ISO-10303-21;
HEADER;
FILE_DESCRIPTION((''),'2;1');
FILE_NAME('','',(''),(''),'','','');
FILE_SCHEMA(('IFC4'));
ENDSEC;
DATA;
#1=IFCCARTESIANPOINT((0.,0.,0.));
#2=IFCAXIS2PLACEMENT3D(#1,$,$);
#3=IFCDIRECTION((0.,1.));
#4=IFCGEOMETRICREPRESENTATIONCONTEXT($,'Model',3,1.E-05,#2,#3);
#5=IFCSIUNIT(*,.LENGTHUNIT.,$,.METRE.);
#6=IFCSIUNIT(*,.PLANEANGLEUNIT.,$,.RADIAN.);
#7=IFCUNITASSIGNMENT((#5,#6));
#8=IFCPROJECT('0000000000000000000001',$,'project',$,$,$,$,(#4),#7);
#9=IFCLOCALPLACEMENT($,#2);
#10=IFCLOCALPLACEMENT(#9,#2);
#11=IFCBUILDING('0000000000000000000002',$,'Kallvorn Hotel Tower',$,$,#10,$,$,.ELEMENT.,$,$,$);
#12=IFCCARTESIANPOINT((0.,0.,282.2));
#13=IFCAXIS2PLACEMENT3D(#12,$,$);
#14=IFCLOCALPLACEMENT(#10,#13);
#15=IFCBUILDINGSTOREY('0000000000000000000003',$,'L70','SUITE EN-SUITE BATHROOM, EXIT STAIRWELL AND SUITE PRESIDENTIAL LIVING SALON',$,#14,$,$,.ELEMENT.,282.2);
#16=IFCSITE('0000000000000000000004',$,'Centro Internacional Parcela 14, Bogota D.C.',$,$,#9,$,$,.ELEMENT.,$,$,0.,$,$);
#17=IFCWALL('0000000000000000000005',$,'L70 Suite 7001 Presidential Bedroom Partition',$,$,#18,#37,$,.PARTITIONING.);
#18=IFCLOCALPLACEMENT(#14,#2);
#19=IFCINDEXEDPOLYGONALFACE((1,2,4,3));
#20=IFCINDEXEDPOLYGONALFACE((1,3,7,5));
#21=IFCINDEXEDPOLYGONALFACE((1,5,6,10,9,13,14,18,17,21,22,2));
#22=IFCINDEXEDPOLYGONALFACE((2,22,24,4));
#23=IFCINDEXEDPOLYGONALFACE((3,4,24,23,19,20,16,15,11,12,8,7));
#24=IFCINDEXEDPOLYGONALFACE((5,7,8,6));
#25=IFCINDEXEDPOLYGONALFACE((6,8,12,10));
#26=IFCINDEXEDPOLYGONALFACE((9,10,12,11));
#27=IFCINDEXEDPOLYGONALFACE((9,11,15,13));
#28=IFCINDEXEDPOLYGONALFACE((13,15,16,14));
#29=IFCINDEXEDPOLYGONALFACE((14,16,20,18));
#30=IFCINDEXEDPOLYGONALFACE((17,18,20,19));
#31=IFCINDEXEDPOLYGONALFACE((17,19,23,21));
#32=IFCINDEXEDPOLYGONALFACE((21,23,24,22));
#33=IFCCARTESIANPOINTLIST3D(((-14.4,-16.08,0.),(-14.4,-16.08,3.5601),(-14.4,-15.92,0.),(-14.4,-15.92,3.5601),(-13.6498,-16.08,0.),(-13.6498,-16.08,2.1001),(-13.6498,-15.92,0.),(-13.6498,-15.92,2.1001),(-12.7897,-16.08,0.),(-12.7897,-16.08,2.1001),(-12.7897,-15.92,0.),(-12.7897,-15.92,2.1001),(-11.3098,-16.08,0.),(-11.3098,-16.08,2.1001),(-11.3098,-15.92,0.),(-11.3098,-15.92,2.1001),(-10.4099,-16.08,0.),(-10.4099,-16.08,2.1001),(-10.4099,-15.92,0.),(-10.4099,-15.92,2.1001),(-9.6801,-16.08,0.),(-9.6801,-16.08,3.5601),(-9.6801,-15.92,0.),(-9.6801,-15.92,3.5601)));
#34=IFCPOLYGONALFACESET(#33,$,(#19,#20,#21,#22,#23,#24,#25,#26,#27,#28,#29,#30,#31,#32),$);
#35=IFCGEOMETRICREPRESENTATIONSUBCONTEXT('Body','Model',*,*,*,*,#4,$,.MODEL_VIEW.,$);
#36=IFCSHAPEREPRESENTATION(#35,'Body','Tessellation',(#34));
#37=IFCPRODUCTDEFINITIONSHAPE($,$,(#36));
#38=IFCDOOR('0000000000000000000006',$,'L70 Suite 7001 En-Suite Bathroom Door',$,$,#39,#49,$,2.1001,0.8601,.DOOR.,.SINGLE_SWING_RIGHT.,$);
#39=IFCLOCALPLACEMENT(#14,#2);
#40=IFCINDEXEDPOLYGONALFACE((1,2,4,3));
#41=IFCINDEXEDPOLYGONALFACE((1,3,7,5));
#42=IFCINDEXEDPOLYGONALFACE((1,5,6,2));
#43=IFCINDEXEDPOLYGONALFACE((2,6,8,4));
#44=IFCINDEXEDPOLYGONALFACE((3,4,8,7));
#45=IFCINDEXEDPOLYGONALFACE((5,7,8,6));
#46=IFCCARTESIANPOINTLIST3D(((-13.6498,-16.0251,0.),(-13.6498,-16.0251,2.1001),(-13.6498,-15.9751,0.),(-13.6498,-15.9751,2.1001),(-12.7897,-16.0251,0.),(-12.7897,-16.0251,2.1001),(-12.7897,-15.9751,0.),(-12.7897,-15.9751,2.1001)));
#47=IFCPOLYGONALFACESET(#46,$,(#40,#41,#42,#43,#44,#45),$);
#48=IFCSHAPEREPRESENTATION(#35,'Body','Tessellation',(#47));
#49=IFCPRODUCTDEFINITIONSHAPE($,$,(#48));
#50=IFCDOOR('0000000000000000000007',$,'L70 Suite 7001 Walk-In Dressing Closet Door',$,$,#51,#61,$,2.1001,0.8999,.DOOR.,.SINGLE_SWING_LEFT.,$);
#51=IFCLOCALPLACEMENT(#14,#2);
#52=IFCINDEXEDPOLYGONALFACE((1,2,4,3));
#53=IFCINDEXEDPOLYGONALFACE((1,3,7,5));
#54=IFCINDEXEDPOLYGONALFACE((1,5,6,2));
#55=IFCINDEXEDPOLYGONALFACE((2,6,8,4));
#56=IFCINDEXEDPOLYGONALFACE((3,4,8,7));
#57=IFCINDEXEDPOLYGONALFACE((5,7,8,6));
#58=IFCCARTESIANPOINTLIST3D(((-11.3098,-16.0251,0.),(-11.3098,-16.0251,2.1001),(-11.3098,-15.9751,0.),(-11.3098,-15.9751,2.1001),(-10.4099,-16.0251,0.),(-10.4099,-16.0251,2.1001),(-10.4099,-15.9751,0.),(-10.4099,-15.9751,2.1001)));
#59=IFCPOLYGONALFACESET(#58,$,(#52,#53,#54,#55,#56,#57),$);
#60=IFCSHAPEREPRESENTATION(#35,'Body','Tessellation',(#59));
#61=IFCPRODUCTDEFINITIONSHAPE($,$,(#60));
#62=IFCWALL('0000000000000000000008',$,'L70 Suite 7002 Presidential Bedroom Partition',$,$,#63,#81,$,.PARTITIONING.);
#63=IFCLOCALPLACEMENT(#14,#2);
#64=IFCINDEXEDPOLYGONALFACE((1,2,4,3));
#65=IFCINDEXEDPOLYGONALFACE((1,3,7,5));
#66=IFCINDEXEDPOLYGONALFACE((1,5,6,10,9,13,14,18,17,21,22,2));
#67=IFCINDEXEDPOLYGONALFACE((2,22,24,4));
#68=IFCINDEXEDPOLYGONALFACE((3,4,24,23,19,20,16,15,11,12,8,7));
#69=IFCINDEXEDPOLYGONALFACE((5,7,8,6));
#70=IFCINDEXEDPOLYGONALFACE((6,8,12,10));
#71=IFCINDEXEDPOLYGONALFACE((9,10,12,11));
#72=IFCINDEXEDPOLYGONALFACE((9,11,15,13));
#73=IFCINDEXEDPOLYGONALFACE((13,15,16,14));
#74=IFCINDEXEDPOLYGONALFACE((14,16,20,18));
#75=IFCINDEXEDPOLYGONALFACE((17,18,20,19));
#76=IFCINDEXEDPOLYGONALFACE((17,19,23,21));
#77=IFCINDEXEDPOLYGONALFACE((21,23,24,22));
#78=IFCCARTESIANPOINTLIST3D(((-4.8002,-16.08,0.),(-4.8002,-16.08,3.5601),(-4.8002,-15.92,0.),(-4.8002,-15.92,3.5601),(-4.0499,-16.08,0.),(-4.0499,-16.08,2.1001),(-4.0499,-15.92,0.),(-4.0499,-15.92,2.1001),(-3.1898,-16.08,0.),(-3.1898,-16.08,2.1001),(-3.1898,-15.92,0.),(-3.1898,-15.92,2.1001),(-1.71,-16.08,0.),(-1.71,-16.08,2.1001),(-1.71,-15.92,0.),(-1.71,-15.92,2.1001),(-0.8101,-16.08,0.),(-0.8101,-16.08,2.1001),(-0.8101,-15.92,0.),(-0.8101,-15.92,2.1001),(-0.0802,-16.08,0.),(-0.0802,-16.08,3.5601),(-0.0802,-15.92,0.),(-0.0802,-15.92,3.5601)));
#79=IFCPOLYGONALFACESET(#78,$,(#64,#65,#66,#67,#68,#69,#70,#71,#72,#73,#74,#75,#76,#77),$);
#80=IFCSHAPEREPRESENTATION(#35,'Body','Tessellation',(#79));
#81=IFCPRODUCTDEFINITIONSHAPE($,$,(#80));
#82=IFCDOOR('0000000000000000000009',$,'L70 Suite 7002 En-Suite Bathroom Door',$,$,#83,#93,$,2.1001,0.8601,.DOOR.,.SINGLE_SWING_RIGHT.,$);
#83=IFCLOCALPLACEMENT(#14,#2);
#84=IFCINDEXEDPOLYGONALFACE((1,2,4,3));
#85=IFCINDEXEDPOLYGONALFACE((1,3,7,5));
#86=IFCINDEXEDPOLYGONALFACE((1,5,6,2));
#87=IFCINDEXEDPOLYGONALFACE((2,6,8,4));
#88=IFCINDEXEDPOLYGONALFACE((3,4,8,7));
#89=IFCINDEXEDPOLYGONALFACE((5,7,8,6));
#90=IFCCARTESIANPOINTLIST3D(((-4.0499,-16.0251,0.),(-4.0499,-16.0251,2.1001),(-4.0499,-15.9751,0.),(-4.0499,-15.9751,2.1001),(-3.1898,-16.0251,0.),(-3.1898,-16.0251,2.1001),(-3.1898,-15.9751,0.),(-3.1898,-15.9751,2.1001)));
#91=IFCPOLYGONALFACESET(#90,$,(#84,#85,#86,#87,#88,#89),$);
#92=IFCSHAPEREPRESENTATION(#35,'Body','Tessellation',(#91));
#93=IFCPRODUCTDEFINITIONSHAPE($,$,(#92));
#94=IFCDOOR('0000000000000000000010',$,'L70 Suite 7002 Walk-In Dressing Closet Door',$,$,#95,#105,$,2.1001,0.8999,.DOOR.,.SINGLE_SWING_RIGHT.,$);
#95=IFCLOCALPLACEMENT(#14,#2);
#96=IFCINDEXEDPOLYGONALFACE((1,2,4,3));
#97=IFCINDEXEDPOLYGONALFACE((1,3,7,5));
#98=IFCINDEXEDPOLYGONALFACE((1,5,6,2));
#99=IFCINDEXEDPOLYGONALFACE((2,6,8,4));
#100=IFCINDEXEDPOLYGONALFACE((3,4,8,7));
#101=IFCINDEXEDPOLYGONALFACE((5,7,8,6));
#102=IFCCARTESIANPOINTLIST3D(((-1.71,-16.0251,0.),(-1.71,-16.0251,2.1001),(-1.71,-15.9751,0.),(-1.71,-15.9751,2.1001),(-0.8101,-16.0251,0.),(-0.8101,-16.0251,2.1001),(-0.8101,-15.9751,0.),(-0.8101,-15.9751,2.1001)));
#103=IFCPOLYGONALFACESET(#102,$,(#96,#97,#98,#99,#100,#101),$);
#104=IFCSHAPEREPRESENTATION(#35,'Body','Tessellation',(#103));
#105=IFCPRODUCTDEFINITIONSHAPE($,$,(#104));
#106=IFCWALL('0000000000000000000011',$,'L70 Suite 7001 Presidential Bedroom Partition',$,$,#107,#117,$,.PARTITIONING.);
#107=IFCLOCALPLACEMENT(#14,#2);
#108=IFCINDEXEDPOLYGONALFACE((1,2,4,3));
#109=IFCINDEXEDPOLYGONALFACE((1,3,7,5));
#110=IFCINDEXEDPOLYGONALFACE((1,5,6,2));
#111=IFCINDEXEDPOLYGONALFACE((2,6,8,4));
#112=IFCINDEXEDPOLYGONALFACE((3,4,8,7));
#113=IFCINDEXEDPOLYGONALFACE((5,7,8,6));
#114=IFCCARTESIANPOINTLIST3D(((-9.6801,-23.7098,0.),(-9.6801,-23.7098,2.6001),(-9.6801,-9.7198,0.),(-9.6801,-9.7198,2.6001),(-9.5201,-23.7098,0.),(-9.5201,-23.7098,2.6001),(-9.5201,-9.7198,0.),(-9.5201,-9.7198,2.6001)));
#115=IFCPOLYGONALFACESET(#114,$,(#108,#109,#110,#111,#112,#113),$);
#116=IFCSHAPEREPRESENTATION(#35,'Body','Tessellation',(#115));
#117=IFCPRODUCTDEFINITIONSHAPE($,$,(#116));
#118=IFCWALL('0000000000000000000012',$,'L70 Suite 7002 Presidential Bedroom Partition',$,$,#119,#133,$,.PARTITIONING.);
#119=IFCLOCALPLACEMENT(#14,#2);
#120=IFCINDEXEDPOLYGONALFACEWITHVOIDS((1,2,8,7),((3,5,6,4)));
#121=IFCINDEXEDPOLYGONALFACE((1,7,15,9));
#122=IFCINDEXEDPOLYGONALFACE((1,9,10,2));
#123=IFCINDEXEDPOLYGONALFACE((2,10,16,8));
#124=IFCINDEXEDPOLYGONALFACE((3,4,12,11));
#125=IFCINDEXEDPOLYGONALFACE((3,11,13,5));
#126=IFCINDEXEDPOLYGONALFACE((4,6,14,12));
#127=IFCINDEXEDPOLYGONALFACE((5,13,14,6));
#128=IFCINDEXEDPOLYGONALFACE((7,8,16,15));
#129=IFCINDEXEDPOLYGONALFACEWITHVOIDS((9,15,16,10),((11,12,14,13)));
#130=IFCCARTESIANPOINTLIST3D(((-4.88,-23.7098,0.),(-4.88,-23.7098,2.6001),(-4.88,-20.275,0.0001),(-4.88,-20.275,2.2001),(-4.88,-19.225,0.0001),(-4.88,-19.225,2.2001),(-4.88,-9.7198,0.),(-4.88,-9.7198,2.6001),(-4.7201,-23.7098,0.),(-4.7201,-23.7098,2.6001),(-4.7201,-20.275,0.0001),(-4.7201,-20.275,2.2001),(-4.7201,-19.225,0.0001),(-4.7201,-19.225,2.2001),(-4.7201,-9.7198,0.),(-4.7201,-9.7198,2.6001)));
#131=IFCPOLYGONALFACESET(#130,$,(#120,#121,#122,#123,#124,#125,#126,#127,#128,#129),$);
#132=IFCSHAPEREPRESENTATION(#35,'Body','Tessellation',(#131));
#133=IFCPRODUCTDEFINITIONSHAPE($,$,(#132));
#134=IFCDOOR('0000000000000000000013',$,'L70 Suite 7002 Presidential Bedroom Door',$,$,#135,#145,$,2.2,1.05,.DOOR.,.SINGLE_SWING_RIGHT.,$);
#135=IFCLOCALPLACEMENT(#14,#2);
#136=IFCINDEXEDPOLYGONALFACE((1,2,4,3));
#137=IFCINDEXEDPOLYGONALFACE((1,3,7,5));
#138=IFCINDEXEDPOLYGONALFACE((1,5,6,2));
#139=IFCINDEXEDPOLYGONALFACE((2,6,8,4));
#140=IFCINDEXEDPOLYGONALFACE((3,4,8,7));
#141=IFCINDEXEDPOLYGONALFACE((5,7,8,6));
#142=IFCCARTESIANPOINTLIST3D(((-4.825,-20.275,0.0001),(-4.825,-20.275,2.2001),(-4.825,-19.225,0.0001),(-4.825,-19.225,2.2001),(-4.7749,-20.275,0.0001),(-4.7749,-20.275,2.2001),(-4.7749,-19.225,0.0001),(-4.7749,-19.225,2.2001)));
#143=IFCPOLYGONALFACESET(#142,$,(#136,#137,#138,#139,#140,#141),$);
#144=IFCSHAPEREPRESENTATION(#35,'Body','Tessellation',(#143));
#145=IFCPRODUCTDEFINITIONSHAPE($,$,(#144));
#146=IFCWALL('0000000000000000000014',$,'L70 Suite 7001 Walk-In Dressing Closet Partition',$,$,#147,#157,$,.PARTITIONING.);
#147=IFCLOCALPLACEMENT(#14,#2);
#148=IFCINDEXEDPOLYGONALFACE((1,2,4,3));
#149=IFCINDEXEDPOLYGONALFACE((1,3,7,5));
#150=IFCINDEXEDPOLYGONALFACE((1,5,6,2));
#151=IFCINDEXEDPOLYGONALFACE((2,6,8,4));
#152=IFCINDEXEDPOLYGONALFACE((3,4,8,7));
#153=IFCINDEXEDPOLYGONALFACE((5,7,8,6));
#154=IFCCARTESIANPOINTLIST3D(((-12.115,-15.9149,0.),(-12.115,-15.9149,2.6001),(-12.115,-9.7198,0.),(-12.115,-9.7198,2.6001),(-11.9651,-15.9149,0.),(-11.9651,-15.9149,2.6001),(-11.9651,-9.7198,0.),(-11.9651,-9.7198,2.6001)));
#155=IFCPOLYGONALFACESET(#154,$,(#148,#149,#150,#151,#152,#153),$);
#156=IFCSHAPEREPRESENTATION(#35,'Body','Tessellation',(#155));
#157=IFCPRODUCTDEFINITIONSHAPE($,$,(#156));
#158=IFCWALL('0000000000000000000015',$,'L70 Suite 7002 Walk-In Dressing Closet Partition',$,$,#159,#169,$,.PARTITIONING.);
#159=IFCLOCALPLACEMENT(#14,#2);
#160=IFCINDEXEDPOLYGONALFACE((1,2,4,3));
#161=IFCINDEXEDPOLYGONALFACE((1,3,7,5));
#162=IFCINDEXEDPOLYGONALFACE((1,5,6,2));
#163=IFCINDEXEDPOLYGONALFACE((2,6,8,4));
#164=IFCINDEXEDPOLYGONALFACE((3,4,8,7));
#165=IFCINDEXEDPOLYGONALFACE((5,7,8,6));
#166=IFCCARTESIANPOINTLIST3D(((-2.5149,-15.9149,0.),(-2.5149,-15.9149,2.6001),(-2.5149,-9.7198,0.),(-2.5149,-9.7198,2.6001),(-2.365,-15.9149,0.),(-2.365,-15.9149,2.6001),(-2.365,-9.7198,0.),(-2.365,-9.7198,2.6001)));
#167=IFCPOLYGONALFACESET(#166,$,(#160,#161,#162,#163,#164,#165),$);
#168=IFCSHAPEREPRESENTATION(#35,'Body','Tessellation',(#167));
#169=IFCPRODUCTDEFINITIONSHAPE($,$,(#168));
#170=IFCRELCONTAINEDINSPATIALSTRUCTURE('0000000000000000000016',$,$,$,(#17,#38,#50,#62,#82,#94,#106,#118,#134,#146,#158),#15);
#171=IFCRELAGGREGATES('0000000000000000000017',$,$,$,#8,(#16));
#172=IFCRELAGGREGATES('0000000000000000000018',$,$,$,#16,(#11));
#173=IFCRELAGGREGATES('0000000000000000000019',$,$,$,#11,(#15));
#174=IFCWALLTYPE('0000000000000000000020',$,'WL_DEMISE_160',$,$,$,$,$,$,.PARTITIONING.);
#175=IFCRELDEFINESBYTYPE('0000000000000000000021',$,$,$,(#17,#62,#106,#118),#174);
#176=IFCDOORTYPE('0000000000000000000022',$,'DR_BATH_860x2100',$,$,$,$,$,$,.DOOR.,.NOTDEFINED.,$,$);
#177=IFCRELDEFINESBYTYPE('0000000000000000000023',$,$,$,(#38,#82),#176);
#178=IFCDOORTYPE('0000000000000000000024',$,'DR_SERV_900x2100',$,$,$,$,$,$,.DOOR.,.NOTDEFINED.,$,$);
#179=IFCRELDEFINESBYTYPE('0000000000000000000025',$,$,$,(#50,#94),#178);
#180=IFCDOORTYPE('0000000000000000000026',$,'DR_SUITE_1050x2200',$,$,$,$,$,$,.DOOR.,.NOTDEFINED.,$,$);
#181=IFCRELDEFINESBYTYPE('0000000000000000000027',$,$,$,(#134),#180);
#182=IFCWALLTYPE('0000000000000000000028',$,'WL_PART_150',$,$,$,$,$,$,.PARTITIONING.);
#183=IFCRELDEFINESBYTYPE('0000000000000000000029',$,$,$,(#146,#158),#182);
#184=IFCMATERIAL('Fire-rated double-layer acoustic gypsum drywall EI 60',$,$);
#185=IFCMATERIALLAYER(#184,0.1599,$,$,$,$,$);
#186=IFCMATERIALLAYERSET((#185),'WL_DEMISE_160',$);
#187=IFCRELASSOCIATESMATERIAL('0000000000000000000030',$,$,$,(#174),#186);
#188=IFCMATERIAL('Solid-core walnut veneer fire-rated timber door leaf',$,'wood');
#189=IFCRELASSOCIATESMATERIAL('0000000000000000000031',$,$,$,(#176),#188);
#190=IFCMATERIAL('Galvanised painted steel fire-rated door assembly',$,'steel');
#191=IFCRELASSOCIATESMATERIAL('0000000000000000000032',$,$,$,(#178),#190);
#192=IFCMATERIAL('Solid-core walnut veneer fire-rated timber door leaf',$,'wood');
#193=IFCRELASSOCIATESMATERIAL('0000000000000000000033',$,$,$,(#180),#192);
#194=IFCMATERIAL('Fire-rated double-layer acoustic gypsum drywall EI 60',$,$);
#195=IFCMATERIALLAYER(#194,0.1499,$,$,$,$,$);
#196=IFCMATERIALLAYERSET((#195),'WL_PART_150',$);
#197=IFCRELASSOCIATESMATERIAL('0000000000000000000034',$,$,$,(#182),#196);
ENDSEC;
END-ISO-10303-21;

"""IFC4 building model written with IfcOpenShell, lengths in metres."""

from ifc_helpers import new_model, si_unit, direction, frame, frame_2d, origin, place, context, subcontext, project, spatial, rectangle, extrude, material, layer, layer_set, type_object, element, fill, save


model = new_model("IFC4")

# Units and contexts
model_context = context("Model", 3, precision=1e-05, world=origin(), true_north=direction((0.0, 1.0)))
body_context = subcontext(model_context, "Body", "Model", "MODEL_VIEW")
ifc_project = project(units=[si_unit("LENGTHUNIT", "METRE"), si_unit("PLANEANGLEUNIT", "RADIAN")], contexts=[model_context])

# Site, building, storey
site_placement = place(None, origin())
site = spatial("IfcSite", under=ifc_project, at=site_placement, Name="Centro Internacional Parcela 14, Bogota D.C.", CompositionType="ELEMENT", RefElevation=0.0)
building_placement = place(site_placement, origin())
building = spatial("IfcBuilding", under=site, at=building_placement, Name="Kallvorn Hotel Tower", CompositionType="ELEMENT")
storey_placement = place(building_placement, frame((0.0, 0.0, 282.2)))
storey = spatial("IfcBuildingStorey", under=building, at=storey_placement, Name="L70", Description="SUITE EN-SUITE BATHROOM, EXIT STAIRWELL AND SUITE PRESIDENTIAL LIVING SALON", CompositionType="ELEMENT", Elevation=282.2)

# Walls, openings, doors
ifc_material_1 = material(Name="Fire-rated double-layer acoustic gypsum drywall EI 60")
ifc_layer_1 = layer(ifc_material_1, 0.1599)
ifc_layer_set_1 = layer_set([ifc_layer_1], Name="WL_DEMISE_160")
wall_type_1 = type_object("IfcWallType", Name="WL_DEMISE_160", PredefinedType="PARTITIONING", material=ifc_layer_set_1)
wall_1_placement = place(storey_placement, frame((-14.3999, -16.0, 0.0), z_axis=(0.0, 0.0, 1.0), x_axis=(1.0, 0.0, 0.0)))
wall_1 = element("IfcWall", 1, at=wall_1_placement, inside=storey, type_object=wall_type_1, Name="L70 Suite 7001 Presidential Bedroom Partition", PredefinedType="PARTITIONING", context=body_context, shape_type="SweptSolid", body=[
    extrude(rectangle(XDim=4.72, YDim=0.1599, at=frame_2d((2.3599, 0.0))), origin(), (0.0, 0.0, 1.0), 3.5601),
])
opening_1_placement = place(wall_1_placement, frame((0.75, 0.0, 0.0)))
opening_1 = element("IfcOpeningElement", 2, at=opening_1_placement, cuts=wall_1, PredefinedType="OPENING", context=body_context, shape_type="SweptSolid", body=[
    extrude(rectangle(XDim=0.8601, YDim=2.1001, at=frame_2d((0.4302, 1.05))), frame((0.0, 0.095, 0.0), z_axis=(0.0, -1.0, 0.0), x_axis=(1.0, 0.0, 0.0)), (0.0, 0.0, 1.0), 0.1899),
])
opening_2_placement = place(wall_1_placement, frame((3.0901, 0.0, 0.0)))
opening_2 = element("IfcOpeningElement", 3, at=opening_2_placement, cuts=wall_1, PredefinedType="OPENING", context=body_context, shape_type="SweptSolid", body=[
    extrude(rectangle(XDim=0.8999, YDim=2.1001, at=frame_2d((0.45, 1.05))), frame((0.0, 0.095, 0.0), z_axis=(0.0, -1.0, 0.0), x_axis=(1.0, 0.0, 0.0)), (0.0, 0.0, 1.0), 0.1899),
])
ifc_material_2 = material(Name="Solid-core walnut veneer fire-rated timber door leaf", Category="wood")
door_type_1 = type_object("IfcDoorType", Name="DR_BATH_860x2100", OperationType="NOTDEFINED", PredefinedType="DOOR", material=ifc_material_2)
door_1_placement = place(opening_1_placement, origin())
door_1 = element("IfcDoor", 4, at=door_1_placement, inside=storey, type_object=door_type_1, Name="L70 Suite 7001 En-Suite Bathroom Door", OperationType="SINGLE_SWING_RIGHT", OverallHeight=2.1001, OverallWidth=0.8601, PredefinedType="DOOR", context=body_context, shape_type="SweptSolid", body=[
    extrude(rectangle(XDim=0.8601, YDim=2.1001, at=frame_2d((0.4302, 1.05))), frame((0.0, 0.0249, 0.0), z_axis=(0.0, -1.0, 0.0), x_axis=(1.0, 0.0, 0.0)), (0.0, 0.0, 1.0), 0.05),
])
fill(opening_1, door_1)
ifc_material_3 = material(Name="Galvanised painted steel fire-rated door assembly", Category="steel")
door_type_2 = type_object("IfcDoorType", Name="DR_SERV_900x2100", OperationType="NOTDEFINED", PredefinedType="DOOR", material=ifc_material_3)
door_2_placement = place(opening_2_placement, origin())
door_2 = element("IfcDoor", 5, at=door_2_placement, inside=storey, type_object=door_type_2, Name="L70 Suite 7001 Walk-In Dressing Closet Door", OperationType="SINGLE_SWING_LEFT", OverallHeight=2.1001, OverallWidth=0.8999, PredefinedType="DOOR", context=body_context, shape_type="SweptSolid", body=[
    extrude(rectangle(XDim=0.8999, YDim=2.1001, at=frame_2d((0.45, 1.05))), frame((0.0, 0.0249, 0.0), z_axis=(0.0, -1.0, 0.0), x_axis=(1.0, 0.0, 0.0)), (0.0, 0.0, 1.0), 0.05),
])
fill(opening_2, door_2)
wall_2_placement = place(storey_placement, frame((-4.8, -16.0, 0.0), z_axis=(0.0, 0.0, 1.0), x_axis=(1.0, 0.0, 0.0)))
wall_2 = element("IfcWall", 6, at=wall_2_placement, inside=storey, type_object=wall_type_1, Name="L70 Suite 7002 Presidential Bedroom Partition", PredefinedType="PARTITIONING", context=body_context, shape_type="SweptSolid", body=[
    extrude(rectangle(XDim=4.72, YDim=0.1599, at=frame_2d((2.3599, 0.0))), origin(), (0.0, 0.0, 1.0), 3.5601),
])
opening_3_placement = place(wall_2_placement, frame((0.75, 0.0, 0.0)))
opening_3 = element("IfcOpeningElement", 7, at=opening_3_placement, cuts=wall_2, PredefinedType="OPENING", context=body_context, shape_type="SweptSolid", body=[
    extrude(rectangle(XDim=0.8601, YDim=2.1001, at=frame_2d((0.4302, 1.05))), frame((0.0, 0.095, 0.0), z_axis=(0.0, -1.0, 0.0), x_axis=(1.0, 0.0, 0.0)), (0.0, 0.0, 1.0), 0.1899),
])
opening_4_placement = place(wall_2_placement, frame((3.0901, 0.0, 0.0)))
opening_4 = element("IfcOpeningElement", 8, at=opening_4_placement, cuts=wall_2, PredefinedType="OPENING", context=body_context, shape_type="SweptSolid", body=[
    extrude(rectangle(XDim=0.8999, YDim=2.1001, at=frame_2d((0.45, 1.05))), frame((0.0, 0.095, 0.0), z_axis=(0.0, -1.0, 0.0), x_axis=(1.0, 0.0, 0.0)), (0.0, 0.0, 1.0), 0.1899),
])
door_3_placement = place(opening_3_placement, origin())
door_3 = element("IfcDoor", 9, at=door_3_placement, inside=storey, type_object=door_type_1, Name="L70 Suite 7002 En-Suite Bathroom Door", OperationType="SINGLE_SWING_RIGHT", OverallHeight=2.1001, OverallWidth=0.8601, PredefinedType="DOOR", context=body_context, shape_type="SweptSolid", body=[
    extrude(rectangle(XDim=0.8601, YDim=2.1001, at=frame_2d((0.4302, 1.05))), frame((0.0, 0.0249, 0.0), z_axis=(0.0, -1.0, 0.0), x_axis=(1.0, 0.0, 0.0)), (0.0, 0.0, 1.0), 0.05),
])
fill(opening_3, door_3)
door_4_placement = place(opening_4_placement, origin())
door_4 = element("IfcDoor", 10, at=door_4_placement, inside=storey, type_object=door_type_2, Name="L70 Suite 7002 Walk-In Dressing Closet Door", OperationType="SINGLE_SWING_RIGHT", OverallHeight=2.1001, OverallWidth=0.8999, PredefinedType="DOOR", context=body_context, shape_type="SweptSolid", body=[
    extrude(rectangle(XDim=0.8999, YDim=2.1001, at=frame_2d((0.45, 1.05))), frame((0.0, 0.0249, 0.0), z_axis=(0.0, -1.0, 0.0), x_axis=(1.0, 0.0, 0.0)), (0.0, 0.0, 1.0), 0.05),
])
fill(opening_4, door_4)

# Wall
wall_3_placement = place(storey_placement, frame((-9.6001, -23.71, 0.0), z_axis=(0.0, 0.0, 1.0), x_axis=(0.0, 1.0, 0.0)))
element("IfcWall", 11, at=wall_3_placement, inside=storey, type_object=wall_type_1, Name="L70 Suite 7001 Presidential Bedroom Partition", PredefinedType="PARTITIONING", context=body_context, shape_type="SweptSolid", body=[
    extrude(rectangle(XDim=13.99, YDim=0.1599, at=frame_2d((6.9951, 0.0))), origin(), (0.0, 0.0, 1.0), 2.6001),
])

# Wall, opening, door
wall_4_placement = place(storey_placement, frame((-4.8, -23.71, 0.0), z_axis=(0.0, 0.0, 1.0), x_axis=(0.0, 1.0, 0.0)))
wall_4 = element("IfcWall", 12, at=wall_4_placement, inside=storey, type_object=wall_type_1, Name="L70 Suite 7002 Presidential Bedroom Partition", PredefinedType="PARTITIONING", context=body_context, shape_type="SweptSolid", body=[
    extrude(rectangle(XDim=13.99, YDim=0.1599, at=frame_2d((6.9951, 0.0))), origin(), (0.0, 0.0, 1.0), 2.6001),
])
opening_5_placement = place(wall_4_placement, frame((3.4351, 0.0, 0.0)))
opening_5 = element("IfcOpeningElement", 13, at=opening_5_placement, cuts=wall_4, PredefinedType="OPENING", context=body_context, shape_type="SweptSolid", body=[
    extrude(rectangle(XDim=1.05, YDim=2.2, at=frame_2d((0.5249, 1.1001))), frame((0.0, 0.095, 0.0), z_axis=(0.0, -1.0, 0.0), x_axis=(1.0, 0.0, 0.0)), (0.0, 0.0, 1.0), 0.1899),
])
ifc_material_4 = material(Name="Solid-core walnut veneer fire-rated timber door leaf", Category="wood")
door_type_3 = type_object("IfcDoorType", Name="DR_SUITE_1050x2200", OperationType="NOTDEFINED", PredefinedType="DOOR", material=ifc_material_4)
door_5_placement = place(opening_5_placement, origin())
door_5 = element("IfcDoor", 14, at=door_5_placement, inside=storey, type_object=door_type_3, Name="L70 Suite 7002 Presidential Bedroom Door", OperationType="SINGLE_SWING_RIGHT", OverallHeight=2.2, OverallWidth=1.05, PredefinedType="DOOR", context=body_context, shape_type="SweptSolid", body=[
    extrude(rectangle(XDim=1.05, YDim=2.2, at=frame_2d((0.5249, 1.1001))), frame((0.0, 0.0249, 0.0), z_axis=(0.0, -1.0, 0.0), x_axis=(1.0, 0.0, 0.0)), (0.0, 0.0, 1.0), 0.05),
])
fill(opening_5, door_5)

# Walls
ifc_material_5 = material(Name="Fire-rated double-layer acoustic gypsum drywall EI 60")
ifc_layer_2 = layer(ifc_material_5, 0.1499)
ifc_layer_set_2 = layer_set([ifc_layer_2], Name="WL_PART_150")
wall_type_2 = type_object("IfcWallType", Name="WL_PART_150", PredefinedType="PARTITIONING", material=ifc_layer_set_2)
for number, where, z_axis, x_axis, name in (
    (15, (-12.04, -15.915, 0.0), (0.0, 0.0, 1.0), (0.0, 1.0, 0.0), "L70 Suite 7001 Walk-In Dressing Closet Partition"),
    (16, (-2.4399, -15.915, 0.0), (0.0, 0.0, 1.0), (0.0, 1.0, 0.0), "L70 Suite 7002 Walk-In Dressing Closet Partition"),
):
    element("IfcWall", number, at=place(storey_placement, frame(where, z_axis=z_axis, x_axis=x_axis)), inside=storey, type_object=wall_type_2, Name=name, PredefinedType="PARTITIONING", context=body_context, shape_type="SweptSolid", body=[
        extrude(rectangle(XDim=6.1951, YDim=0.1499, at=frame_2d((3.0977, 0.0))), origin(), (0.0, 0.0, 1.0), 2.6001),
    ])

save(model, "model.ifc")
